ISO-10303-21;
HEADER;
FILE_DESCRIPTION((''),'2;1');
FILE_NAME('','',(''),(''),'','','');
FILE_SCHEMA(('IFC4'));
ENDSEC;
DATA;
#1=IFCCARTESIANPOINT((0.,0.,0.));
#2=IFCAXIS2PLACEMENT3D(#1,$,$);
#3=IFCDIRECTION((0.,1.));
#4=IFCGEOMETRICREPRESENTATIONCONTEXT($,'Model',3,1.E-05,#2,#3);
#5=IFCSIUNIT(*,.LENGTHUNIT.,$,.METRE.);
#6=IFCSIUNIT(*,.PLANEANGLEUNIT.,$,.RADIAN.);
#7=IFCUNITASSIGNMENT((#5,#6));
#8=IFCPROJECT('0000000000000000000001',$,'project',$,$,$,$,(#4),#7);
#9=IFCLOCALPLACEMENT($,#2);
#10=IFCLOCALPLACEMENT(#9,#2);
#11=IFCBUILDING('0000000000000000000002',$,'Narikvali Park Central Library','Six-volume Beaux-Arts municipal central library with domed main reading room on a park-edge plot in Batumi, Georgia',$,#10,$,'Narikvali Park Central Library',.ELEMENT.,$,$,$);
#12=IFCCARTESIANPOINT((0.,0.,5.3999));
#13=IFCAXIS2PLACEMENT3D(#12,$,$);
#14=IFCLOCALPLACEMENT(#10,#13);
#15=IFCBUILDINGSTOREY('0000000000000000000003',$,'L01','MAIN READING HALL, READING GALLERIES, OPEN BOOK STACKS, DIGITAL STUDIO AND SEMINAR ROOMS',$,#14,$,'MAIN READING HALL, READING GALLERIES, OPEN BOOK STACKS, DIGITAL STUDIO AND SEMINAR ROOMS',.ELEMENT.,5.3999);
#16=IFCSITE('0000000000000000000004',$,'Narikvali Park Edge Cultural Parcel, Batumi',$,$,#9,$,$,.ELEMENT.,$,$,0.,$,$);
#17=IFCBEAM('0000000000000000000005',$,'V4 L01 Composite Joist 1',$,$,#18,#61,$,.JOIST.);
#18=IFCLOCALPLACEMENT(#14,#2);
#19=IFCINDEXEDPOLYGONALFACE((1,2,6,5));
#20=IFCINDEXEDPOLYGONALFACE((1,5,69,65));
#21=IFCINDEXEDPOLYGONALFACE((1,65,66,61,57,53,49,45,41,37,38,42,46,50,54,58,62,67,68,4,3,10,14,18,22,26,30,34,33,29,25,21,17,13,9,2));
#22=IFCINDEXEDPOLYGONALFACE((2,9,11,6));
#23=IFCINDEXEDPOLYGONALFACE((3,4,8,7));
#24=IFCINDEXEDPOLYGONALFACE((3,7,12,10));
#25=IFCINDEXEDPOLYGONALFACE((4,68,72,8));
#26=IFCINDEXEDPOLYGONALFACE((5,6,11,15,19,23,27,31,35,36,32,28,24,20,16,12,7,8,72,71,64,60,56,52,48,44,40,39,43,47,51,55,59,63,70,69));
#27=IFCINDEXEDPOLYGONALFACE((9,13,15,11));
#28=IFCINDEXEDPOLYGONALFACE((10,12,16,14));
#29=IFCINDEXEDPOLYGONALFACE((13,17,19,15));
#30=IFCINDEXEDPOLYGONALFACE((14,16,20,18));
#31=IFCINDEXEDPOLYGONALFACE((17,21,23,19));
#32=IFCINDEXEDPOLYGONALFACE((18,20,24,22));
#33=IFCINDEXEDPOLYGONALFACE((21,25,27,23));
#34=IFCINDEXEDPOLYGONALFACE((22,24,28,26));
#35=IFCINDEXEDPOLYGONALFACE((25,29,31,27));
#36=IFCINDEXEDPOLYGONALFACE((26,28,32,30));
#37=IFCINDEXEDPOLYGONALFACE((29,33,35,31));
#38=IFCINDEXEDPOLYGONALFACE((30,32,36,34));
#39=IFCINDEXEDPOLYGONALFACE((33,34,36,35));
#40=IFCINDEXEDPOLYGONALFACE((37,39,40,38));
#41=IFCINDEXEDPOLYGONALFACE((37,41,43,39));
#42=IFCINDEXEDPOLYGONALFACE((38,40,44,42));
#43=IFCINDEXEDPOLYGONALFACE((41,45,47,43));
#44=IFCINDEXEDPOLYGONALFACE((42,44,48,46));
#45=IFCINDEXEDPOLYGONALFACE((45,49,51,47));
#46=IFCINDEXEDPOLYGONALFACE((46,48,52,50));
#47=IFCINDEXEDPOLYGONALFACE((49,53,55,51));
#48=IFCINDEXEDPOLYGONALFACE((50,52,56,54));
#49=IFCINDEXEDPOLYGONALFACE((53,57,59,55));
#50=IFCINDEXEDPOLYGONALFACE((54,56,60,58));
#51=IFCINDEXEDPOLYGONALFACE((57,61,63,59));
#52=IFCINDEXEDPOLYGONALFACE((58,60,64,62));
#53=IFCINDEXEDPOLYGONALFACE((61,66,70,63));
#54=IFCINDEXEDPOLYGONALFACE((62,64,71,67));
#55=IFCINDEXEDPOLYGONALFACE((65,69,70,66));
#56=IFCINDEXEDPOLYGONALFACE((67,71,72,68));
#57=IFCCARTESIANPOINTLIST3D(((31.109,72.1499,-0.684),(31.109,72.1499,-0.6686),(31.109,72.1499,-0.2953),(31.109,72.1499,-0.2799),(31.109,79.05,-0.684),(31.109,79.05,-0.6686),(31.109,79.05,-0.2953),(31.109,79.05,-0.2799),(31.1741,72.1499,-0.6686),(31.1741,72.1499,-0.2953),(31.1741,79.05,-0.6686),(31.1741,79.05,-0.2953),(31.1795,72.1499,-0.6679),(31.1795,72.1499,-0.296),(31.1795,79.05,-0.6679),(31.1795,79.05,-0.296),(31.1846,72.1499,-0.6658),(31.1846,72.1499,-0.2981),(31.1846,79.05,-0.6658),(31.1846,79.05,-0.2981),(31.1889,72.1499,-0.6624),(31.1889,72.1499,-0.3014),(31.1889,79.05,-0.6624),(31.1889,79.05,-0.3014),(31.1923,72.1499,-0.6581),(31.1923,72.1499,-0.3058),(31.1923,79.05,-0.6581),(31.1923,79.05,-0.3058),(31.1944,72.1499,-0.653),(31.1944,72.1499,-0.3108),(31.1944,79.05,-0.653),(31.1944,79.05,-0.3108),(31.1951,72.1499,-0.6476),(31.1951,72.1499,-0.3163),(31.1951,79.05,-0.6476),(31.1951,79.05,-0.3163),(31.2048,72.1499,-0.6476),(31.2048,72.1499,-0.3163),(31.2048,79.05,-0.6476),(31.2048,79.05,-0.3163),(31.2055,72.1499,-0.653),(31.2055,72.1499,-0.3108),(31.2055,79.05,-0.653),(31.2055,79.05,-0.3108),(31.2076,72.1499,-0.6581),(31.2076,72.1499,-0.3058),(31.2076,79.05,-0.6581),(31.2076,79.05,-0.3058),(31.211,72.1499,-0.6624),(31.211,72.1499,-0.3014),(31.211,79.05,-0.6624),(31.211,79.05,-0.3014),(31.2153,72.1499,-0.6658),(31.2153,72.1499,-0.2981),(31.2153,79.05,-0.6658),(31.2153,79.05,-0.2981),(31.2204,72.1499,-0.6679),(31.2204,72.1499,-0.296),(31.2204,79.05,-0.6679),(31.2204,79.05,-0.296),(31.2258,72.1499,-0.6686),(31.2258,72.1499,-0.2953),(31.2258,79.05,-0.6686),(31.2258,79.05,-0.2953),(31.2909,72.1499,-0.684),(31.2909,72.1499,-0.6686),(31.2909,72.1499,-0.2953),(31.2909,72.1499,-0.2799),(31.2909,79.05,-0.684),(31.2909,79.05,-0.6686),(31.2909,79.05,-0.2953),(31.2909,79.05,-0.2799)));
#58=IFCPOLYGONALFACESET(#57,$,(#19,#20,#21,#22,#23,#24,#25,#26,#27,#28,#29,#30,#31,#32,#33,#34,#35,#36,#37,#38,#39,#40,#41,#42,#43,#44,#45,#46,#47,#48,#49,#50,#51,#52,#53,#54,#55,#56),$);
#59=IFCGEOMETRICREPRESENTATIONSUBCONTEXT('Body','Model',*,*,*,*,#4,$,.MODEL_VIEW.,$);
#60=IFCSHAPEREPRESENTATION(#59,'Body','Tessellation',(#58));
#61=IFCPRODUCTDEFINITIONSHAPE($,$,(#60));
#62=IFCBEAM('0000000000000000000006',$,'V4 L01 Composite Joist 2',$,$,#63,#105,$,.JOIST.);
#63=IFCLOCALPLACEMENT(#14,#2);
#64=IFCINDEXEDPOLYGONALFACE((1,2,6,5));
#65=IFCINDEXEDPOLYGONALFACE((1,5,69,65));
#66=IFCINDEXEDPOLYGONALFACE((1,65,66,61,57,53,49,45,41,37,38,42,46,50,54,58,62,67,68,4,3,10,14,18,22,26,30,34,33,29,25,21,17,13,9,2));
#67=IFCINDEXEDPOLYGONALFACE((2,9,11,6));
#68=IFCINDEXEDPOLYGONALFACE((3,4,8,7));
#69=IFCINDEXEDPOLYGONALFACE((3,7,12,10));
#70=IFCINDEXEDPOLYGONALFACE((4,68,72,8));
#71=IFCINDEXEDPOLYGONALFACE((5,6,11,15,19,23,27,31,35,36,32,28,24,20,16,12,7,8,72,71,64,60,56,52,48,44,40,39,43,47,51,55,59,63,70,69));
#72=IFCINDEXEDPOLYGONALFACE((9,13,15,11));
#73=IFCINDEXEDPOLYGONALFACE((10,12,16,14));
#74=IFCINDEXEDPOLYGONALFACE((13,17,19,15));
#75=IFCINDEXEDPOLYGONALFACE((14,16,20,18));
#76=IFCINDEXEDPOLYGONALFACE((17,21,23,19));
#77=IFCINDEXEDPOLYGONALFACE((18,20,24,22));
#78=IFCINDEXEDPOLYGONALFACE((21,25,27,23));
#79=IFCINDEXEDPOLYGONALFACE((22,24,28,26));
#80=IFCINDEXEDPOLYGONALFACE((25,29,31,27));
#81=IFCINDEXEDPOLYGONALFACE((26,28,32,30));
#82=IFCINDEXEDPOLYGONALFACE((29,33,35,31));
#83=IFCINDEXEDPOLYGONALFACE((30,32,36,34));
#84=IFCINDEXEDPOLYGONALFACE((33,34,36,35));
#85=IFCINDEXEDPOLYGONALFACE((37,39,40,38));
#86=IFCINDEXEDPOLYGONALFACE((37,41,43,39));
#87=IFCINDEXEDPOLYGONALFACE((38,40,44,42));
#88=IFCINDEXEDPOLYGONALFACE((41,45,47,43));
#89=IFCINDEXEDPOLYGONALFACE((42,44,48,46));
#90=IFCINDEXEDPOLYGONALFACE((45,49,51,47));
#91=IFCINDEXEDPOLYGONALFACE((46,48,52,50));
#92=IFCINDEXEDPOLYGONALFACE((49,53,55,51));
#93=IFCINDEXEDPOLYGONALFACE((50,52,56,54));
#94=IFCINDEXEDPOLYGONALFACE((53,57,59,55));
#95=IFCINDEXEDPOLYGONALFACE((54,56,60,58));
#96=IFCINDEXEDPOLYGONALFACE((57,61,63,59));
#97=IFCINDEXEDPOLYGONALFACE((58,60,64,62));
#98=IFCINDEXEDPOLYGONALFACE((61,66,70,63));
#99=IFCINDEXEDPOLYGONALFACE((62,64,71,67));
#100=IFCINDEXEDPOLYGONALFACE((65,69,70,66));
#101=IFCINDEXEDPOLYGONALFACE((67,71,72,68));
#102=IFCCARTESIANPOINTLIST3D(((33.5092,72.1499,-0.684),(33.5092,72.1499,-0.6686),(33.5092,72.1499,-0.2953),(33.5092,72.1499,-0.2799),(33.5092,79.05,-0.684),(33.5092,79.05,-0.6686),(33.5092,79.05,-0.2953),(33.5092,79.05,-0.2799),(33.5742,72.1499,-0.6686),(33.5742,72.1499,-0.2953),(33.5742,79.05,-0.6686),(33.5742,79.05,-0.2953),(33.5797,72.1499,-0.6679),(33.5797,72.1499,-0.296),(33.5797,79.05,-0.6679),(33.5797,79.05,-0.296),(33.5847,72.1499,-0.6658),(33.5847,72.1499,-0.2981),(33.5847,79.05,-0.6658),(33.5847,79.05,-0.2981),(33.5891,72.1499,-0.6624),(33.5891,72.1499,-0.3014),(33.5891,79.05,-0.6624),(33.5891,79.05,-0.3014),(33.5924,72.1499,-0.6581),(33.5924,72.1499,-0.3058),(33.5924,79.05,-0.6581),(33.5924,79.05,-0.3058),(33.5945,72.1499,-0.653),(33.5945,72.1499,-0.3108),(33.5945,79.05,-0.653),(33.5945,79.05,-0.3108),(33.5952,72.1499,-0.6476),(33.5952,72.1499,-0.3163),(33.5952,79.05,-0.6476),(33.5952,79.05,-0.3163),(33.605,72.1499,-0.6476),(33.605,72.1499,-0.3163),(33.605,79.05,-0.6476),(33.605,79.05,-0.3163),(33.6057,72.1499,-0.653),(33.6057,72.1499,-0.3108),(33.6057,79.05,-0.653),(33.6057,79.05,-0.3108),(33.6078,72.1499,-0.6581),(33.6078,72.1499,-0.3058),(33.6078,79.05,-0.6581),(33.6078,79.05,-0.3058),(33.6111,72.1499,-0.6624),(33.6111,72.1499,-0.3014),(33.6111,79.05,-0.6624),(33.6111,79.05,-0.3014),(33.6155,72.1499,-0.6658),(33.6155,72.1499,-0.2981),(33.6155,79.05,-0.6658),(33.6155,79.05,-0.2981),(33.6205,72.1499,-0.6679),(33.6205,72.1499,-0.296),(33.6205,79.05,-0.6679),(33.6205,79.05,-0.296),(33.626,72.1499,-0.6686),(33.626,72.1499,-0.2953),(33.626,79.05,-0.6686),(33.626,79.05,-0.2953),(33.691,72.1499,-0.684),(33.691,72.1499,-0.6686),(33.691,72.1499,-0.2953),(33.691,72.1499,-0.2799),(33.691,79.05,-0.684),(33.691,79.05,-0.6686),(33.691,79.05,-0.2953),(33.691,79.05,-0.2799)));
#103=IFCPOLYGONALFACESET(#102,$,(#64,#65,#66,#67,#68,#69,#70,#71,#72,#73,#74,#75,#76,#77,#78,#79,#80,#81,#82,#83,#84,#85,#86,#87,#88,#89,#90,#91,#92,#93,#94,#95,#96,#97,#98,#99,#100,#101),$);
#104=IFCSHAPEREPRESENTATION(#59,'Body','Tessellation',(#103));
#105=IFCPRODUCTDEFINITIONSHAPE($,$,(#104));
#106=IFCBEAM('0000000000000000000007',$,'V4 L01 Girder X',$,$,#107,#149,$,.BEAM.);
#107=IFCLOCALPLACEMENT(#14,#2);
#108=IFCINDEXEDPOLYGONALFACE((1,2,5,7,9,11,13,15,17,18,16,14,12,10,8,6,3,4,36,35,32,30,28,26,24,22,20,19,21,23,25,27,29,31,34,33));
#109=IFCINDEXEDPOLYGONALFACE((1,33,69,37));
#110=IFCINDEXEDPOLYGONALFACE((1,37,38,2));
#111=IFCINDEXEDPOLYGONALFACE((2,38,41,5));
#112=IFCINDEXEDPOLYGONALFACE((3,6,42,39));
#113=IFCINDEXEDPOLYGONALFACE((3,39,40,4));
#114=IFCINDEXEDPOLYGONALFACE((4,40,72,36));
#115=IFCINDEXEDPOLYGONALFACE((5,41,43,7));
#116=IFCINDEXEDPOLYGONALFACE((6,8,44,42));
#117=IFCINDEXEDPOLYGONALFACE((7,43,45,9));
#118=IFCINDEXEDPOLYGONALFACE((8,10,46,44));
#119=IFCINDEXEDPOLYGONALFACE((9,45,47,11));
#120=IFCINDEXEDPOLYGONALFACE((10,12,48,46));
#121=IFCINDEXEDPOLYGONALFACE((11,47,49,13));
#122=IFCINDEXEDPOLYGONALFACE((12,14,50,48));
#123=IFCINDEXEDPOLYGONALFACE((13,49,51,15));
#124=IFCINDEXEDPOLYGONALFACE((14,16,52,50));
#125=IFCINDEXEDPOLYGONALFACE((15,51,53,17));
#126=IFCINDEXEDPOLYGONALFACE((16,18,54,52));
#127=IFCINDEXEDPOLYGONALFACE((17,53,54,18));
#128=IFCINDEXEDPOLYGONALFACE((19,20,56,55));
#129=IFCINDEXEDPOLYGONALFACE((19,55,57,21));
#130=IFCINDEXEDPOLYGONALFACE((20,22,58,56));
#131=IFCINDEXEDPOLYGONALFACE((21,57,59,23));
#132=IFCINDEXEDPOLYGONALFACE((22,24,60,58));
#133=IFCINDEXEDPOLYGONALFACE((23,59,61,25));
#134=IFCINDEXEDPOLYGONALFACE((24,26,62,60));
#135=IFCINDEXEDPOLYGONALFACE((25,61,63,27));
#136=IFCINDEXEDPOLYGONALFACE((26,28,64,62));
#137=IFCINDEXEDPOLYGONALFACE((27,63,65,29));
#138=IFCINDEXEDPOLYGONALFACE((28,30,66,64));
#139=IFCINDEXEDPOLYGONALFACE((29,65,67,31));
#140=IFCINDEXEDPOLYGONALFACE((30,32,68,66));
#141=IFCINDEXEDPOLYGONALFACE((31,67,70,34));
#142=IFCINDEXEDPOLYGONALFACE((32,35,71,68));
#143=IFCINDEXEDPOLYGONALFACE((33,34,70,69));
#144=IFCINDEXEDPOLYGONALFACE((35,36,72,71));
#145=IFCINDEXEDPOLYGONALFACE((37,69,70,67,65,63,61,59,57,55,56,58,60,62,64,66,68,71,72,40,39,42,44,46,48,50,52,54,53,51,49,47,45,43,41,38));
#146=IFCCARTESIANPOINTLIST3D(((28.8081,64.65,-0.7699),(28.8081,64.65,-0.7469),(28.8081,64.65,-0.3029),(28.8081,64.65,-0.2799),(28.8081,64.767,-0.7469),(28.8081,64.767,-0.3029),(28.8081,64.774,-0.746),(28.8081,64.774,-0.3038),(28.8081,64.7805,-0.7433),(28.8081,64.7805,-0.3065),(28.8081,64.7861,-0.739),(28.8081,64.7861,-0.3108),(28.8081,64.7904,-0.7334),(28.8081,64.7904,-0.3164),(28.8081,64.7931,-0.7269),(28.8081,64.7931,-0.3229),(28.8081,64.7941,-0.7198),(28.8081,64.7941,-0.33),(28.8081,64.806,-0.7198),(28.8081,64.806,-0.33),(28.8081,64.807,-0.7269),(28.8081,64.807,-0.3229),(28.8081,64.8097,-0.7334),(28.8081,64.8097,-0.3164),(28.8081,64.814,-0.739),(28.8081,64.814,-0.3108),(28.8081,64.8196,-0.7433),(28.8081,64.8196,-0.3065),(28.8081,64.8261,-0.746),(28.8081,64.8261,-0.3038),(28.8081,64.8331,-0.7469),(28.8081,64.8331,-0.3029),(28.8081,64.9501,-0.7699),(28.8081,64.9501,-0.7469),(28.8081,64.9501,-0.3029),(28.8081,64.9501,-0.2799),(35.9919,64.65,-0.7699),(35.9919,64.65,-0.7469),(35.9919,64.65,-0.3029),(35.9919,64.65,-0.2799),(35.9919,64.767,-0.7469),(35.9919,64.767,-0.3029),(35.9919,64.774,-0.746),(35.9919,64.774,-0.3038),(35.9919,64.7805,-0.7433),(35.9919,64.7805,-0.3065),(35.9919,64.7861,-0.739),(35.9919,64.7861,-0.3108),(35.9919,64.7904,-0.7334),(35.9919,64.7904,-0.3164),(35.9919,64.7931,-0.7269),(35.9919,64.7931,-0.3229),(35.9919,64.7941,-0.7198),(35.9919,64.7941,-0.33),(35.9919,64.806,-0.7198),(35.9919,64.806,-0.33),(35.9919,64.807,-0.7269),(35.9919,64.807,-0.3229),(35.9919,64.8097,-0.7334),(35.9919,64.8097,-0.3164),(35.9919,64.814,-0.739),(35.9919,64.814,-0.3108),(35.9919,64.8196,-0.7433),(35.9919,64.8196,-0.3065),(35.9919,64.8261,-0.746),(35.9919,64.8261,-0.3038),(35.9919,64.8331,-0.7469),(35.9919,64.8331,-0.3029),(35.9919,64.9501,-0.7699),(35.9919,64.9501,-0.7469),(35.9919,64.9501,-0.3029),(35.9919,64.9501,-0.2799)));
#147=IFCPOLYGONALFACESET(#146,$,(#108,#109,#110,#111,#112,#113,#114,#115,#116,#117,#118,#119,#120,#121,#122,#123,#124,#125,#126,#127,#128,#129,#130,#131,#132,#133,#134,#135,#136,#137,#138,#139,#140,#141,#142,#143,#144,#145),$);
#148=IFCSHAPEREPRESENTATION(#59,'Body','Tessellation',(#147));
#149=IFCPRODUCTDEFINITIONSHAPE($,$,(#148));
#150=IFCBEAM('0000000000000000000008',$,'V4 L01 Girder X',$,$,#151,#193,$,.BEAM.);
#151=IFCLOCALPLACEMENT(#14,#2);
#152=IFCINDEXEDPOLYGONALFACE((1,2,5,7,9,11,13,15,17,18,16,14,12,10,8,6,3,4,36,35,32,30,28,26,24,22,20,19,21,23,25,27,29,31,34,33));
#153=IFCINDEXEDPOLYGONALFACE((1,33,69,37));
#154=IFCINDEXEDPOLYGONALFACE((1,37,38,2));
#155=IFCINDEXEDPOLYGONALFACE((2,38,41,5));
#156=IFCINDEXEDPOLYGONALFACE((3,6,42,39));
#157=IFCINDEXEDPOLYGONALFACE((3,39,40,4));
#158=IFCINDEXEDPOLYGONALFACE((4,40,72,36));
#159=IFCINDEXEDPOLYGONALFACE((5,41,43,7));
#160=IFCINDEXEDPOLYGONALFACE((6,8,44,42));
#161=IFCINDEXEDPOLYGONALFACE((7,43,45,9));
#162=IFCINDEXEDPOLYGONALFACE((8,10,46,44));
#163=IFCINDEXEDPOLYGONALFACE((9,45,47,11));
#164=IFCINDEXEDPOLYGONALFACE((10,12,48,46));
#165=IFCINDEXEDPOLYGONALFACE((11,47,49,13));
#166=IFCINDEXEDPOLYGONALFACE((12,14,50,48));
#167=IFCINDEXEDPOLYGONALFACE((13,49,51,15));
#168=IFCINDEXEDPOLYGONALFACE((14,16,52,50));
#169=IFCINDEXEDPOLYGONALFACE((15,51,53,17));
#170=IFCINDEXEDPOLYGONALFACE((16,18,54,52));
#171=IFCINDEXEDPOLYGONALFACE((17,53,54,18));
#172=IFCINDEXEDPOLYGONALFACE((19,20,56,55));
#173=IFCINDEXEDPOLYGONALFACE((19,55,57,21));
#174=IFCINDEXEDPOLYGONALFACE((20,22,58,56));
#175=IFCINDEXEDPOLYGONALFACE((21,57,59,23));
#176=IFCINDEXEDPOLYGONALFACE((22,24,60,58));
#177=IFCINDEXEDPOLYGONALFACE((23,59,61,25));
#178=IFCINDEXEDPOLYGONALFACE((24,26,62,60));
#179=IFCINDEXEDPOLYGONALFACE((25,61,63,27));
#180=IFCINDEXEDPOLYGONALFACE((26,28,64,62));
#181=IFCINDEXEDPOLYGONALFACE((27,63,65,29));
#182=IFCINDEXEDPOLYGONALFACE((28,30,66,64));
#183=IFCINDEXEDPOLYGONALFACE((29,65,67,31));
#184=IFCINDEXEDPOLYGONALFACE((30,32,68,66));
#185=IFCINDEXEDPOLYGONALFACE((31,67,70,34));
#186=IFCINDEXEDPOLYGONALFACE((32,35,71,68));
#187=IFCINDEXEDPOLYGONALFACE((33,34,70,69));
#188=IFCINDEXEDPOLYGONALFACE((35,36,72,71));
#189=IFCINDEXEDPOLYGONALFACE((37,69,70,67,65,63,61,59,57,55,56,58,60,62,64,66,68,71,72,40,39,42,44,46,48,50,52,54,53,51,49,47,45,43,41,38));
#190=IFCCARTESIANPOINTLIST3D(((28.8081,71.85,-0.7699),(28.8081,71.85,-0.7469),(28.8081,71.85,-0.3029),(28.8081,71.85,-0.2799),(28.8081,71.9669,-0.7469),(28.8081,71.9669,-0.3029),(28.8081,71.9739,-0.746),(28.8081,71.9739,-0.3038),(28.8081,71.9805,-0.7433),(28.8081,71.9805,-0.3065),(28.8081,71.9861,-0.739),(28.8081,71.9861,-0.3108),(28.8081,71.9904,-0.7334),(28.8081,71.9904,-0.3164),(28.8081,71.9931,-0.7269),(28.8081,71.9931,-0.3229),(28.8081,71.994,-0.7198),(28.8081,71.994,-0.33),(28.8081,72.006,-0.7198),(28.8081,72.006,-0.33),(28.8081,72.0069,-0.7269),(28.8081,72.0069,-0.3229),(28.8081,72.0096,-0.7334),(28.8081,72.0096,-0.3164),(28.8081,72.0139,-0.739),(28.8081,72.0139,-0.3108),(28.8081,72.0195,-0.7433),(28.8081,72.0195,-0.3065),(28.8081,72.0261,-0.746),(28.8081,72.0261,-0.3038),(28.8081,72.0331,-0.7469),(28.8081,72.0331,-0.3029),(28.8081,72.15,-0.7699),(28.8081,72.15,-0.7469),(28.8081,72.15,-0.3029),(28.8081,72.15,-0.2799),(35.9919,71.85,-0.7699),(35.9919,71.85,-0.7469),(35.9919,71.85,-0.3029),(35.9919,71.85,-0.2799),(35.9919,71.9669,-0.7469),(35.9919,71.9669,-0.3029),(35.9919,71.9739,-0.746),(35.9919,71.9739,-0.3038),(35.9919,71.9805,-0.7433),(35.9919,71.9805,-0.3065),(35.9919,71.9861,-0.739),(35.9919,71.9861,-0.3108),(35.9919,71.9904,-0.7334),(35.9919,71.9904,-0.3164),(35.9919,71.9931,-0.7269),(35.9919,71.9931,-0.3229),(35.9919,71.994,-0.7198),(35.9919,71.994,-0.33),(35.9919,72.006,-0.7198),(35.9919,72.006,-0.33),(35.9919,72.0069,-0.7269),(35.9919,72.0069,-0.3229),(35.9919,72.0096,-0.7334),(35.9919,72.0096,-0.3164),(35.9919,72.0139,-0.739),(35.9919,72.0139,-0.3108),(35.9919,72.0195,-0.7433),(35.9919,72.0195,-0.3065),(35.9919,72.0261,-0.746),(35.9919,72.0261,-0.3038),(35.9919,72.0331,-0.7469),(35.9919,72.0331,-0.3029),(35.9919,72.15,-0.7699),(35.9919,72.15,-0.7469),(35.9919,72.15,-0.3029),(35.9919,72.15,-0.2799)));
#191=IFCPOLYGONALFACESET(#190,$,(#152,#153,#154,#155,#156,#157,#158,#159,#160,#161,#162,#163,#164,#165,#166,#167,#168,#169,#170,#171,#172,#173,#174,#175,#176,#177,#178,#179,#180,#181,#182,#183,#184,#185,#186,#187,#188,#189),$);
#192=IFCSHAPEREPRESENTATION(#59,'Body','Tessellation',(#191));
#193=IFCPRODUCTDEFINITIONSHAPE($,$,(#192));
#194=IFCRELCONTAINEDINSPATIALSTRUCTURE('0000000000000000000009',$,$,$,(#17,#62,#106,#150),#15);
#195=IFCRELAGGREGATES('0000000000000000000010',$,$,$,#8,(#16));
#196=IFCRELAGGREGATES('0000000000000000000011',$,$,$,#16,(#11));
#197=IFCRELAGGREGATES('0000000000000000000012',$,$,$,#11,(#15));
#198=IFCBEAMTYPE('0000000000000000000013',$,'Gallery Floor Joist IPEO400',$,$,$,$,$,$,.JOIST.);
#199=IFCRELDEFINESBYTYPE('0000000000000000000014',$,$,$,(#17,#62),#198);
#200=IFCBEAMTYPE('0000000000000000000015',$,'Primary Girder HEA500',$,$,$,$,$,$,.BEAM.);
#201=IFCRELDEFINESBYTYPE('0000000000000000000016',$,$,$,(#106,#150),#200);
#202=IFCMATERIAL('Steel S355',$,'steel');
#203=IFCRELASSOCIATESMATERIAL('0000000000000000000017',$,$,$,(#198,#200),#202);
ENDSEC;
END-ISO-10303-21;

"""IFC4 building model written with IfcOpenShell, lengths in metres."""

from ifc_helpers import new_model, si_unit, direction, frame, origin, origin_2d, place, context, subcontext, project, spatial, i_section, extrude, material, material_profile, profile_set, type_object, element, save


model = new_model("IFC4")

# Units and contexts
model_context = context("Model", 3, precision=1e-05, world=origin(), true_north=direction((0.0, 1.0)))
body_context = subcontext(model_context, "Body", "Model", "MODEL_VIEW")
ifc_project = project(units=[si_unit("LENGTHUNIT", "METRE"), si_unit("PLANEANGLEUNIT", "RADIAN")], contexts=[model_context])

# Site, building, storey
site_placement = place(None, origin())
site = spatial("IfcSite", under=ifc_project, at=site_placement, Name="Narikvali Park Edge Cultural Parcel, Batumi", CompositionType="ELEMENT", RefElevation=0.0)
building_placement = place(site_placement, origin())
building = spatial("IfcBuilding", under=site, at=building_placement, Name="Narikvali Park Central Library", Description="Six-volume Beaux-Arts municipal central library with domed main reading room on a park-edge plot in Batumi, Georgia", LongName="Narikvali Park Central Library", CompositionType="ELEMENT")
storey_placement = place(building_placement, frame((0.0, 0.0, 5.3999)))
storey = spatial("IfcBuildingStorey", under=building, at=storey_placement, Name="L01", Description="MAIN READING HALL, READING GALLERIES, OPEN BOOK STACKS, DIGITAL STUDIO AND SEMINAR ROOMS", LongName="MAIN READING HALL, READING GALLERIES, OPEN BOOK STACKS, DIGITAL STUDIO AND SEMINAR ROOMS", CompositionType="ELEMENT", Elevation=5.3999)

# Beams
ifc_material_1 = material(Name="Steel S355", Category="steel")
ifc_material_profile_1 = material_profile(ifc_material_1, i_section(OverallWidth=0.1819, OverallDepth=0.4041, WebThickness=0.0098, FlangeThickness=0.0154, FilletRadius=0.021, at=origin_2d()), Name="IPEO 400")
ifc_profile_set_1 = profile_set([ifc_material_profile_1], Name="Steel S355")
beam_type_1 = type_object("IfcBeamType", Name="Gallery Floor Joist IPEO400", PredefinedType="JOIST", material=ifc_profile_set_1)
for number, where, z_axis, x_axis, name in (
    (1, (31.2, 72.1499, -0.4819), (0.0, 1.0, 0.0), (-1.0, 0.0, 0.0), "V4 L01 Composite Joist 1"),
    (2, (33.6001, 72.1499, -0.4819), (0.0, 1.0, 0.0), (-1.0, 0.0, 0.0), "V4 L01 Composite Joist 2"),
):
    element("IfcBeam", number, at=place(storey_placement, frame(where, z_axis=z_axis, x_axis=x_axis)), inside=storey, type_object=beam_type_1, Name=name, PredefinedType="JOIST", context=body_context, shape_type="SweptSolid", body=[
        extrude(i_section(OverallWidth=0.1819, OverallDepth=0.4041, WebThickness=0.0098, FlangeThickness=0.0154, FilletRadius=0.021, at=origin_2d()), origin(), (0.0, 0.0, 1.0), 6.9001),
    ])
ifc_material_profile_2 = material_profile(ifc_material_1, i_section(OverallWidth=0.3, OverallDepth=0.49, WebThickness=0.012, FlangeThickness=0.0229, FilletRadius=0.0271, at=origin_2d()), Name="HEA 500")
ifc_profile_set_2 = profile_set([ifc_material_profile_2], Name="Steel S355")
beam_type_2 = type_object("IfcBeamType", Name="Primary Girder HEA500", PredefinedType="BEAM", material=ifc_profile_set_2)
for number, where, z_axis, x_axis, name in (
    (3, (28.8081, 64.8, -0.5249), (1.0, 0.0, 0.0), (0.0, 1.0, 0.0), "V4 L01 Girder X"),
    (4, (28.8081, 72.0, -0.5249), (1.0, 0.0, 0.0), (0.0, 1.0, 0.0), "V4 L01 Girder X"),
):
    element("IfcBeam", number, at=place(storey_placement, frame(where, z_axis=z_axis, x_axis=x_axis)), inside=storey, type_object=beam_type_2, Name=name, PredefinedType="BEAM", context=body_context, shape_type="SweptSolid", body=[
        extrude(i_section(OverallWidth=0.3, OverallDepth=0.49, WebThickness=0.012, FlangeThickness=0.0229, FilletRadius=0.0271, at=origin_2d()), origin(), (0.0, 0.0, 1.0), 7.1838),
    ])

save(model, "model.ifc")
